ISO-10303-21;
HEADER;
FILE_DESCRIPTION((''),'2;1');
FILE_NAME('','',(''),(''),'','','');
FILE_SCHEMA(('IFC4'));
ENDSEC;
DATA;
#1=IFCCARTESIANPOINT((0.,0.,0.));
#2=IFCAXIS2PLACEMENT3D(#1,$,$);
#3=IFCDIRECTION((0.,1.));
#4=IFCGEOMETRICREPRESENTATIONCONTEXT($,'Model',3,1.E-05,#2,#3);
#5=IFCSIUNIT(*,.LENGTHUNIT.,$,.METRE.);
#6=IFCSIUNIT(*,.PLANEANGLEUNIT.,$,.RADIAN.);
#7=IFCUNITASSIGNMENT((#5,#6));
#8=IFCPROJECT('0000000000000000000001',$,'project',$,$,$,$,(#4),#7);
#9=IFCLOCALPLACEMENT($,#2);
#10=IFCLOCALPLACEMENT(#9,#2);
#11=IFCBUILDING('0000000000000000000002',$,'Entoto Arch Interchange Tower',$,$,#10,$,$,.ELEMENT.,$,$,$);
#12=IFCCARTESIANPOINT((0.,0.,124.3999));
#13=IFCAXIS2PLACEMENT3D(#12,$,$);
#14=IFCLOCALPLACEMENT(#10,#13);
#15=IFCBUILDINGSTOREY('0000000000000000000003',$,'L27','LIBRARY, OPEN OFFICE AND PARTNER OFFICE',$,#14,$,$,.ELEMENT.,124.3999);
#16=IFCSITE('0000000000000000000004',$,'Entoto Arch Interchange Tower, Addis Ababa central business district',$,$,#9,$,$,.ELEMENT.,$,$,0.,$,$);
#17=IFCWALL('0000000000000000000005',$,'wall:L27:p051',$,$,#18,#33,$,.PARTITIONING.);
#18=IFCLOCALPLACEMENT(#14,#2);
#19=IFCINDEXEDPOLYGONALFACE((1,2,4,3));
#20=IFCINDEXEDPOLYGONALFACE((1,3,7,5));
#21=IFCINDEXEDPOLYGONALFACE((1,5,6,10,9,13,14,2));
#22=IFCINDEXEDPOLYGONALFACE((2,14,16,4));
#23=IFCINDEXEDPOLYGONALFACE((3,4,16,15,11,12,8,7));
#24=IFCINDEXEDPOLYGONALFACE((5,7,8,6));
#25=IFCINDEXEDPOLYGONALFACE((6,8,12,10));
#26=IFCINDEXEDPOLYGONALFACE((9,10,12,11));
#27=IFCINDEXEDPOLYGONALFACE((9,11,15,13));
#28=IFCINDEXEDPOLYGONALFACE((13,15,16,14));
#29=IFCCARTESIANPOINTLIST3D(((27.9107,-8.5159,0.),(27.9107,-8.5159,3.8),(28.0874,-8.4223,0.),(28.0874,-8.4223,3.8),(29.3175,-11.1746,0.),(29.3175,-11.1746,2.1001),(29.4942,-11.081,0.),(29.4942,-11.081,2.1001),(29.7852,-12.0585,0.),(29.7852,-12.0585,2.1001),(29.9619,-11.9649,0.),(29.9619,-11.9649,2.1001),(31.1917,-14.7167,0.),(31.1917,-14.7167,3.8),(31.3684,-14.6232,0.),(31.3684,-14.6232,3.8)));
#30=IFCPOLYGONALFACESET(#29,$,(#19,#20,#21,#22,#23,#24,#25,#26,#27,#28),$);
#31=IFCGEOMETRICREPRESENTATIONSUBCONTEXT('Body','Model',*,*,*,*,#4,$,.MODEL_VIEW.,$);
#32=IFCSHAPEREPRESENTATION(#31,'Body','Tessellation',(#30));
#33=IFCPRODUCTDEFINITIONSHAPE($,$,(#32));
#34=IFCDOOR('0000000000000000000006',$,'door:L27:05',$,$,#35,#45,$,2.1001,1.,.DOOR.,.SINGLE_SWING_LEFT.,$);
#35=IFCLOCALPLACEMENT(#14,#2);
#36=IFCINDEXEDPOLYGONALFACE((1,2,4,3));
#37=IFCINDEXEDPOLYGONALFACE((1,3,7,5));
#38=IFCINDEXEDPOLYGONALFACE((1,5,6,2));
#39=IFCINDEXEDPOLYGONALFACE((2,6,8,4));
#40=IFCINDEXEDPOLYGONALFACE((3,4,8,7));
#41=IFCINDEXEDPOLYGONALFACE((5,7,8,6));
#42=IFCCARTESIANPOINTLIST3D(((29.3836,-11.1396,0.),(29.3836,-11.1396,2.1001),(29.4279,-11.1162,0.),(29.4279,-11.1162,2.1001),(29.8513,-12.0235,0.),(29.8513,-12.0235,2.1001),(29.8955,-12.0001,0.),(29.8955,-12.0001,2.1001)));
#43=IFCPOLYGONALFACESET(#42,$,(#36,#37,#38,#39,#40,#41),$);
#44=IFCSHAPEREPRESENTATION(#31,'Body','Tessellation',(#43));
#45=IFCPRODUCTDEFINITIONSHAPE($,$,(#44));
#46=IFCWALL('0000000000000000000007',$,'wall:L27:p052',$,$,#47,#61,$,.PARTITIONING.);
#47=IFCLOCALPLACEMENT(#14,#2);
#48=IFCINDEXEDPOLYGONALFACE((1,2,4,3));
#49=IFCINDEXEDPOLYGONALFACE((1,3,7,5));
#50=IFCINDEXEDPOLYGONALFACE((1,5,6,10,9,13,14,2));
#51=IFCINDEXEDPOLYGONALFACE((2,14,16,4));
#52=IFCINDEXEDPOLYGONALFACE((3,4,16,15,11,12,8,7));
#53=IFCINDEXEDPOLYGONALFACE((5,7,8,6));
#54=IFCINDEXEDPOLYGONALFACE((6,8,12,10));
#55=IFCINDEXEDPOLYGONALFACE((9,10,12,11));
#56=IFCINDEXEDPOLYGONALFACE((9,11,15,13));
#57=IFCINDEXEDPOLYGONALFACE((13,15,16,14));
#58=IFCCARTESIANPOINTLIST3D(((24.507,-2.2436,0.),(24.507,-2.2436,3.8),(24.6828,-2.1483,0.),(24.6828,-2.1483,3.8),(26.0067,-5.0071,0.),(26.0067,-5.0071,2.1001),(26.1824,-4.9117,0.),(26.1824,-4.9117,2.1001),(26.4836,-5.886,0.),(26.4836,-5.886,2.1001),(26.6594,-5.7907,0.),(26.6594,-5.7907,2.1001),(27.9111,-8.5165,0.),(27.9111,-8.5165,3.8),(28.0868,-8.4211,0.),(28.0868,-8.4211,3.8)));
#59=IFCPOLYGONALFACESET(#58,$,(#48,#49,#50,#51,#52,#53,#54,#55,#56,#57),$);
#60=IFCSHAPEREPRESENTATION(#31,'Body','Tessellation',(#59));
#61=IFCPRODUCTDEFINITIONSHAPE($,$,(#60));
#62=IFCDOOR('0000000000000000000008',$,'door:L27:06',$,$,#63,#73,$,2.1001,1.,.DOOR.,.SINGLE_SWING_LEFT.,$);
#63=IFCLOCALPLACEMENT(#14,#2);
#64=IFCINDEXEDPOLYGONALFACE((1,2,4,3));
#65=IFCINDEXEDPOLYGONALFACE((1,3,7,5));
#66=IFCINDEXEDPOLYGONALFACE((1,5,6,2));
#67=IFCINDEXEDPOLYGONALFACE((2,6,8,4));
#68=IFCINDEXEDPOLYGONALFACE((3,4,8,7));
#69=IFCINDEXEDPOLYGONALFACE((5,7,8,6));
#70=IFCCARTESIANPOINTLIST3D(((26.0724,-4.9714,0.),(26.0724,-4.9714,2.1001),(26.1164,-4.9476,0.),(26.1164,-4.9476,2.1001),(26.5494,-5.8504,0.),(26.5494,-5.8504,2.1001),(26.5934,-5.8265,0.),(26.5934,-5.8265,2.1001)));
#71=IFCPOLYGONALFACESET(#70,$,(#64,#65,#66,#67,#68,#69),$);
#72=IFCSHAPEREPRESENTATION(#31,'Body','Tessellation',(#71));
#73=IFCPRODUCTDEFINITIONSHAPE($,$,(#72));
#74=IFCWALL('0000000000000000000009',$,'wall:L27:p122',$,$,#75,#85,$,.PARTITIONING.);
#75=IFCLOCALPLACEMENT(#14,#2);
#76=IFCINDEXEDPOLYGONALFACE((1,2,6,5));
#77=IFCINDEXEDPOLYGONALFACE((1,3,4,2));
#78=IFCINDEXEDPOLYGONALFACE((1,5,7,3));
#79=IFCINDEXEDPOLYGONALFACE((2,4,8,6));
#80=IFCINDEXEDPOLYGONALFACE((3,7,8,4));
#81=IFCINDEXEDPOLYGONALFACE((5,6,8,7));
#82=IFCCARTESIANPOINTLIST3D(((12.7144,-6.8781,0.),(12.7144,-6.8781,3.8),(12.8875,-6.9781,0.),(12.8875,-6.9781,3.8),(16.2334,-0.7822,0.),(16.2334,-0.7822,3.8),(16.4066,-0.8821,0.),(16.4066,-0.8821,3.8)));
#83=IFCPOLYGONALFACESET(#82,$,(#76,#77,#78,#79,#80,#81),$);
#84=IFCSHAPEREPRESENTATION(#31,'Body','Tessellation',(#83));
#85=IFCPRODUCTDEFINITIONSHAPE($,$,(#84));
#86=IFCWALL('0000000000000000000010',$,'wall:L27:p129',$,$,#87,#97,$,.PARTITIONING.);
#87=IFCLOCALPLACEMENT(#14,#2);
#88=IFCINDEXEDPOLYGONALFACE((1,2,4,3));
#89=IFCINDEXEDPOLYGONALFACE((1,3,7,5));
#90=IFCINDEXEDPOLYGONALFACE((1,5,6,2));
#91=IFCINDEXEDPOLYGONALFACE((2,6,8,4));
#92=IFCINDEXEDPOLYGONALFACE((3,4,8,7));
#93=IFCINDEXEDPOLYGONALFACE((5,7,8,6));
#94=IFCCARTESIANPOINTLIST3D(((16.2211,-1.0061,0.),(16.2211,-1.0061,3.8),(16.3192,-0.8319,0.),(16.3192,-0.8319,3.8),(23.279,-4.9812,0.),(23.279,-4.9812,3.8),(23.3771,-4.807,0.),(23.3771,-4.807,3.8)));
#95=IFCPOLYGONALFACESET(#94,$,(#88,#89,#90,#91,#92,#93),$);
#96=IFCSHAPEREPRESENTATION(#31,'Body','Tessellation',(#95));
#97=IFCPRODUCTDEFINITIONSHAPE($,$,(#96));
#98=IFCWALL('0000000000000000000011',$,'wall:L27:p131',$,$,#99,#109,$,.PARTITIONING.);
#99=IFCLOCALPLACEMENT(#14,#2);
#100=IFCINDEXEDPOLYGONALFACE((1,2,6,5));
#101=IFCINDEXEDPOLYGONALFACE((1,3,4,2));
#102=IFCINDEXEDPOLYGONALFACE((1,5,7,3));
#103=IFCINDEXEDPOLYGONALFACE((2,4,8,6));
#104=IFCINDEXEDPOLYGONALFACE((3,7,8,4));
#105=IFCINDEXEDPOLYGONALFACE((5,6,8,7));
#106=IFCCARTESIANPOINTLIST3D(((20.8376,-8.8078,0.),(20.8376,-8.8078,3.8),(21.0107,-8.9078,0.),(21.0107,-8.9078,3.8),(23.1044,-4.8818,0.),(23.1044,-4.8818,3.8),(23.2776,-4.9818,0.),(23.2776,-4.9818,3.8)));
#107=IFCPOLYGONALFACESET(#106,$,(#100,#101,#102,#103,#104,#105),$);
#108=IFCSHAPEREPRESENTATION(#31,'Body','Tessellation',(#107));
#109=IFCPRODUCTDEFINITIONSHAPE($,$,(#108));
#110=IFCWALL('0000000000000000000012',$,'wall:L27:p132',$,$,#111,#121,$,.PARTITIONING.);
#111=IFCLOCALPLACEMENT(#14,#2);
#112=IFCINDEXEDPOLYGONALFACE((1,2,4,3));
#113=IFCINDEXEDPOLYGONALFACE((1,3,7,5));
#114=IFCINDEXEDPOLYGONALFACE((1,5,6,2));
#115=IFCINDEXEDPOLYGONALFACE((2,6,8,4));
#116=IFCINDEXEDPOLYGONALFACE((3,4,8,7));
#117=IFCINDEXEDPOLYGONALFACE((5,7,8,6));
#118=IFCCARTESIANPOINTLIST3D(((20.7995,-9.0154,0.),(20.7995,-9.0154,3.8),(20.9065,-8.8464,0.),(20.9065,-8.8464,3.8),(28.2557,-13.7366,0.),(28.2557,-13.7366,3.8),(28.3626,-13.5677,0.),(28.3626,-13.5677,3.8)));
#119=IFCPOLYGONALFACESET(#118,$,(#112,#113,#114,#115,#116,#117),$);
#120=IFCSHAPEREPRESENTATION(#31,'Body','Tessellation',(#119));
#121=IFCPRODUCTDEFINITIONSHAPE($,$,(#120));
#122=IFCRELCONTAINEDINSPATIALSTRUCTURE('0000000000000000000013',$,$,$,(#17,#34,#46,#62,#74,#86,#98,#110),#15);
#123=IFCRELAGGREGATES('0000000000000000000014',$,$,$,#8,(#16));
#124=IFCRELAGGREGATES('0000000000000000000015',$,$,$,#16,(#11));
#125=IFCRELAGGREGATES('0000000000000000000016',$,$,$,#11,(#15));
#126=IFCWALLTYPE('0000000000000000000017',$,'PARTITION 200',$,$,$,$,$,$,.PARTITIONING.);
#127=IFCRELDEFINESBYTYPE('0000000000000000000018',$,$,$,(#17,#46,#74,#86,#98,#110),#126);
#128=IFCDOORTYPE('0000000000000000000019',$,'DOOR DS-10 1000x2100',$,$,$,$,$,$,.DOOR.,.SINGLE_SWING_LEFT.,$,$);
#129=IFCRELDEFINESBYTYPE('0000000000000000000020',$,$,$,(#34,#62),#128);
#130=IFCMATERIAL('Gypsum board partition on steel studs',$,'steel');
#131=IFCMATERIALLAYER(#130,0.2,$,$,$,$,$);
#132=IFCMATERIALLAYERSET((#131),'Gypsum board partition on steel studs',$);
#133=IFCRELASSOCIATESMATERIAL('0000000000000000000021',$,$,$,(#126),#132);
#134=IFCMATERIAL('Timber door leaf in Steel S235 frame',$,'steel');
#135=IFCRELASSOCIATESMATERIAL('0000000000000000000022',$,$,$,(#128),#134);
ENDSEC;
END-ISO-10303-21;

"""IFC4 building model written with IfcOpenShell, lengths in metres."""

from ifc_helpers import new_model, si_unit, direction, frame, frame_2d, origin, place, context, subcontext, project, spatial, rectangle, extrude, material, layer, layer_set, type_object, element, fill, save


model = new_model("IFC4")

# Units and contexts
model_context = context("Model", 3, precision=1e-05, world=origin(), true_north=direction((0.0, 1.0)))
body_context = subcontext(model_context, "Body", "Model", "MODEL_VIEW")
ifc_project = project(units=[si_unit("LENGTHUNIT", "METRE"), si_unit("PLANEANGLEUNIT", "RADIAN")], contexts=[model_context])

# Site, building, storey
site_placement = place(None, origin())
site = spatial("IfcSite", under=ifc_project, at=site_placement, Name="Entoto Arch Interchange Tower, Addis Ababa central business district", CompositionType="ELEMENT", RefElevation=0.0)
building_placement = place(site_placement, origin())
building = spatial("IfcBuilding", under=site, at=building_placement, Name="Entoto Arch Interchange Tower", CompositionType="ELEMENT")
storey_placement = place(building_placement, frame((0.0, 0.0, 124.3999)))
storey = spatial("IfcBuildingStorey", under=building, at=storey_placement, Name="L27", Description="LIBRARY, OPEN OFFICE AND PARTNER OFFICE", CompositionType="ELEMENT", Elevation=124.3999)

# Shared definitions
ifc_material_1 = material(Name="Gypsum board partition on steel studs", Category="steel")
ifc_layer_1 = layer(ifc_material_1, 0.2)
ifc_layer_set_1 = layer_set([ifc_layer_1], Name="Gypsum board partition on steel studs")
wall_type_1 = type_object("IfcWallType", Name="PARTITION 200", PredefinedType="PARTITIONING", material=ifc_layer_set_1)

# Shared definitions
ifc_material_2 = material(Name="Timber door leaf in Steel S235 frame", Category="steel")
door_type = type_object("IfcDoorType", Name="DOOR DS-10 1000x2100", OperationType="SINGLE_SWING_LEFT", PredefinedType="DOOR", material=ifc_material_2)

# Walls, openings, doors
wall_1_placement = place(storey_placement, frame((27.999, -8.469, 0.0), z_axis=(0.0, 0.0, 1.0), x_axis=(0.467683, -0.883896, 0.0)))
wall_1 = element("IfcWall", 1, at=wall_1_placement, inside=storey, type_object=wall_type_1, Name="wall:L27:p051", PredefinedType="PARTITIONING", context=body_context, shape_type="SweptSolid", body=[
    extrude(rectangle(XDim=7.0154, YDim=0.2, at=frame_2d((3.5078, 0.0))), origin(), (0.0, 0.0, 1.0), 3.8),
])
opening_1_placement = place(wall_1_placement, frame((3.0081, 0.0, 0.0)))
opening_1 = element("IfcOpeningElement", 2, at=opening_1_placement, cuts=wall_1, PredefinedType="OPENING", context=body_context, shape_type="SweptSolid", body=[
    extrude(rectangle(XDim=1.0, YDim=2.1001, at=frame_2d((0.5, 1.05))), frame((0.0, 0.1099, 0.0), z_axis=(0.0, -1.0, 0.0), x_axis=(1.0, 0.0, 0.0)), (0.0, 0.0, 1.0), 0.22),
])
door_1_placement = place(opening_1_placement, origin())
door_1 = element("IfcDoor", 3, at=door_1_placement, inside=storey, type_object=door_type, Name="door:L27:05", OperationType="SINGLE_SWING_LEFT", OverallHeight=2.1001, OverallWidth=1.0, PredefinedType="DOOR", context=body_context, shape_type="SweptSolid", body=[
    extrude(rectangle(XDim=1.0, YDim=2.1001, at=frame_2d((0.5, 1.05))), frame((0.0, 0.0249, 0.0), z_axis=(0.0, -1.0, 0.0), x_axis=(1.0, 0.0, 0.0)), (0.0, 0.0, 1.0), 0.05),
])
fill(opening_1, door_1)
wall_2_placement = place(storey_placement, frame((24.595, -2.196, 0.0), z_axis=(0.0, 0.0, 1.0), x_axis=(0.476955, -0.878928, 0.0)))
wall_2 = element("IfcWall", 4, at=wall_2_placement, inside=storey, type_object=wall_type_1, Name="wall:L27:p052", PredefinedType="PARTITIONING", context=body_context, shape_type="SweptSolid", body=[
    extrude(rectangle(XDim=7.137, YDim=0.2, at=frame_2d((3.5684, 0.0))), origin(), (0.0, 0.0, 1.0), 3.8),
])
opening_2_placement = place(wall_2_placement, frame((3.144, 0.0, 0.0)))
opening_2 = element("IfcOpeningElement", 5, at=opening_2_placement, cuts=wall_2, PredefinedType="OPENING", context=body_context, shape_type="SweptSolid", body=[
    extrude(rectangle(XDim=1.0, YDim=2.1001, at=frame_2d((0.5, 1.05))), frame((0.0, 0.1099, 0.0), z_axis=(0.0, -1.0, 0.0), x_axis=(1.0, 0.0, 0.0)), (0.0, 0.0, 1.0), 0.22),
])
door_2_placement = place(opening_2_placement, origin())
door_2 = element("IfcDoor", 6, at=door_2_placement, inside=storey, type_object=door_type, Name="door:L27:06", OperationType="SINGLE_SWING_LEFT", OverallHeight=2.1001, OverallWidth=1.0, PredefinedType="DOOR", context=body_context, shape_type="SweptSolid", body=[
    extrude(rectangle(XDim=1.0, YDim=2.1001, at=frame_2d((0.5, 1.05))), frame((0.0, 0.0249, 0.0), z_axis=(0.0, -1.0, 0.0), x_axis=(1.0, 0.0, 0.0)), (0.0, 0.0, 1.0), 0.05),
])
fill(opening_2, door_2)

# Walls
wall_3_placement = place(storey_placement, frame((16.3201, -0.832, 0.0), z_axis=(0.0, 0.0, 1.0), x_axis=(-0.499952, -0.866053, 0.0)))
element("IfcWall", 7, at=wall_3_placement, inside=storey, type_object=wall_type_1, Name="wall:L27:p122", PredefinedType="PARTITIONING", context=body_context, shape_type="SweptSolid", body=[
    extrude(rectangle(XDim=7.0388, YDim=0.2, at=frame_2d((3.5195, 0.0))), origin(), (0.0, 0.0, 1.0), 3.8),
])
wall_4_placement = place(storey_placement, frame((16.27, -0.9189, 0.0), z_axis=(0.0, 0.0, 1.0), x_axis=(0.871309, -0.490735, 0.0)))
element("IfcWall", 8, at=wall_4_placement, inside=storey, type_object=wall_type_1, Name="wall:L27:p129", PredefinedType="PARTITIONING", context=body_context, shape_type="SweptSolid", body=[
    extrude(rectangle(XDim=8.1003, YDim=0.2, at=frame_2d((4.0503, 0.0))), origin(), (0.0, 0.0, 1.0), 3.8),
])
wall_5_placement = place(storey_placement, frame((23.1909, -4.9319, 0.0), z_axis=(0.0, 0.0, 1.0), x_axis=(-0.500025, -0.866011, 0.0)))
element("IfcWall", 9, at=wall_5_placement, inside=storey, type_object=wall_type_1, Name="wall:L27:p131", PredefinedType="PARTITIONING", context=body_context, shape_type="SweptSolid", body=[
    extrude(rectangle(XDim=4.5334, YDim=0.2, at=frame_2d((2.2666, 0.0))), origin(), (0.0, 0.0, 1.0), 3.8),
])
wall_6_placement = place(storey_placement, frame((20.853, -8.9309, 0.0), z_axis=(0.0, 0.0, 1.0), x_axis=(0.844869, -0.534973, 0.0)))
element("IfcWall", 10, at=wall_6_placement, inside=storey, type_object=wall_type_1, Name="wall:L27:p132", PredefinedType="PARTITIONING", context=body_context, shape_type="SweptSolid", body=[
    extrude(rectangle(XDim=8.8252, YDim=0.2, at=frame_2d((4.4126, 0.0))), origin(), (0.0, 0.0, 1.0), 3.8),
])

save(model, "model.ifc")
